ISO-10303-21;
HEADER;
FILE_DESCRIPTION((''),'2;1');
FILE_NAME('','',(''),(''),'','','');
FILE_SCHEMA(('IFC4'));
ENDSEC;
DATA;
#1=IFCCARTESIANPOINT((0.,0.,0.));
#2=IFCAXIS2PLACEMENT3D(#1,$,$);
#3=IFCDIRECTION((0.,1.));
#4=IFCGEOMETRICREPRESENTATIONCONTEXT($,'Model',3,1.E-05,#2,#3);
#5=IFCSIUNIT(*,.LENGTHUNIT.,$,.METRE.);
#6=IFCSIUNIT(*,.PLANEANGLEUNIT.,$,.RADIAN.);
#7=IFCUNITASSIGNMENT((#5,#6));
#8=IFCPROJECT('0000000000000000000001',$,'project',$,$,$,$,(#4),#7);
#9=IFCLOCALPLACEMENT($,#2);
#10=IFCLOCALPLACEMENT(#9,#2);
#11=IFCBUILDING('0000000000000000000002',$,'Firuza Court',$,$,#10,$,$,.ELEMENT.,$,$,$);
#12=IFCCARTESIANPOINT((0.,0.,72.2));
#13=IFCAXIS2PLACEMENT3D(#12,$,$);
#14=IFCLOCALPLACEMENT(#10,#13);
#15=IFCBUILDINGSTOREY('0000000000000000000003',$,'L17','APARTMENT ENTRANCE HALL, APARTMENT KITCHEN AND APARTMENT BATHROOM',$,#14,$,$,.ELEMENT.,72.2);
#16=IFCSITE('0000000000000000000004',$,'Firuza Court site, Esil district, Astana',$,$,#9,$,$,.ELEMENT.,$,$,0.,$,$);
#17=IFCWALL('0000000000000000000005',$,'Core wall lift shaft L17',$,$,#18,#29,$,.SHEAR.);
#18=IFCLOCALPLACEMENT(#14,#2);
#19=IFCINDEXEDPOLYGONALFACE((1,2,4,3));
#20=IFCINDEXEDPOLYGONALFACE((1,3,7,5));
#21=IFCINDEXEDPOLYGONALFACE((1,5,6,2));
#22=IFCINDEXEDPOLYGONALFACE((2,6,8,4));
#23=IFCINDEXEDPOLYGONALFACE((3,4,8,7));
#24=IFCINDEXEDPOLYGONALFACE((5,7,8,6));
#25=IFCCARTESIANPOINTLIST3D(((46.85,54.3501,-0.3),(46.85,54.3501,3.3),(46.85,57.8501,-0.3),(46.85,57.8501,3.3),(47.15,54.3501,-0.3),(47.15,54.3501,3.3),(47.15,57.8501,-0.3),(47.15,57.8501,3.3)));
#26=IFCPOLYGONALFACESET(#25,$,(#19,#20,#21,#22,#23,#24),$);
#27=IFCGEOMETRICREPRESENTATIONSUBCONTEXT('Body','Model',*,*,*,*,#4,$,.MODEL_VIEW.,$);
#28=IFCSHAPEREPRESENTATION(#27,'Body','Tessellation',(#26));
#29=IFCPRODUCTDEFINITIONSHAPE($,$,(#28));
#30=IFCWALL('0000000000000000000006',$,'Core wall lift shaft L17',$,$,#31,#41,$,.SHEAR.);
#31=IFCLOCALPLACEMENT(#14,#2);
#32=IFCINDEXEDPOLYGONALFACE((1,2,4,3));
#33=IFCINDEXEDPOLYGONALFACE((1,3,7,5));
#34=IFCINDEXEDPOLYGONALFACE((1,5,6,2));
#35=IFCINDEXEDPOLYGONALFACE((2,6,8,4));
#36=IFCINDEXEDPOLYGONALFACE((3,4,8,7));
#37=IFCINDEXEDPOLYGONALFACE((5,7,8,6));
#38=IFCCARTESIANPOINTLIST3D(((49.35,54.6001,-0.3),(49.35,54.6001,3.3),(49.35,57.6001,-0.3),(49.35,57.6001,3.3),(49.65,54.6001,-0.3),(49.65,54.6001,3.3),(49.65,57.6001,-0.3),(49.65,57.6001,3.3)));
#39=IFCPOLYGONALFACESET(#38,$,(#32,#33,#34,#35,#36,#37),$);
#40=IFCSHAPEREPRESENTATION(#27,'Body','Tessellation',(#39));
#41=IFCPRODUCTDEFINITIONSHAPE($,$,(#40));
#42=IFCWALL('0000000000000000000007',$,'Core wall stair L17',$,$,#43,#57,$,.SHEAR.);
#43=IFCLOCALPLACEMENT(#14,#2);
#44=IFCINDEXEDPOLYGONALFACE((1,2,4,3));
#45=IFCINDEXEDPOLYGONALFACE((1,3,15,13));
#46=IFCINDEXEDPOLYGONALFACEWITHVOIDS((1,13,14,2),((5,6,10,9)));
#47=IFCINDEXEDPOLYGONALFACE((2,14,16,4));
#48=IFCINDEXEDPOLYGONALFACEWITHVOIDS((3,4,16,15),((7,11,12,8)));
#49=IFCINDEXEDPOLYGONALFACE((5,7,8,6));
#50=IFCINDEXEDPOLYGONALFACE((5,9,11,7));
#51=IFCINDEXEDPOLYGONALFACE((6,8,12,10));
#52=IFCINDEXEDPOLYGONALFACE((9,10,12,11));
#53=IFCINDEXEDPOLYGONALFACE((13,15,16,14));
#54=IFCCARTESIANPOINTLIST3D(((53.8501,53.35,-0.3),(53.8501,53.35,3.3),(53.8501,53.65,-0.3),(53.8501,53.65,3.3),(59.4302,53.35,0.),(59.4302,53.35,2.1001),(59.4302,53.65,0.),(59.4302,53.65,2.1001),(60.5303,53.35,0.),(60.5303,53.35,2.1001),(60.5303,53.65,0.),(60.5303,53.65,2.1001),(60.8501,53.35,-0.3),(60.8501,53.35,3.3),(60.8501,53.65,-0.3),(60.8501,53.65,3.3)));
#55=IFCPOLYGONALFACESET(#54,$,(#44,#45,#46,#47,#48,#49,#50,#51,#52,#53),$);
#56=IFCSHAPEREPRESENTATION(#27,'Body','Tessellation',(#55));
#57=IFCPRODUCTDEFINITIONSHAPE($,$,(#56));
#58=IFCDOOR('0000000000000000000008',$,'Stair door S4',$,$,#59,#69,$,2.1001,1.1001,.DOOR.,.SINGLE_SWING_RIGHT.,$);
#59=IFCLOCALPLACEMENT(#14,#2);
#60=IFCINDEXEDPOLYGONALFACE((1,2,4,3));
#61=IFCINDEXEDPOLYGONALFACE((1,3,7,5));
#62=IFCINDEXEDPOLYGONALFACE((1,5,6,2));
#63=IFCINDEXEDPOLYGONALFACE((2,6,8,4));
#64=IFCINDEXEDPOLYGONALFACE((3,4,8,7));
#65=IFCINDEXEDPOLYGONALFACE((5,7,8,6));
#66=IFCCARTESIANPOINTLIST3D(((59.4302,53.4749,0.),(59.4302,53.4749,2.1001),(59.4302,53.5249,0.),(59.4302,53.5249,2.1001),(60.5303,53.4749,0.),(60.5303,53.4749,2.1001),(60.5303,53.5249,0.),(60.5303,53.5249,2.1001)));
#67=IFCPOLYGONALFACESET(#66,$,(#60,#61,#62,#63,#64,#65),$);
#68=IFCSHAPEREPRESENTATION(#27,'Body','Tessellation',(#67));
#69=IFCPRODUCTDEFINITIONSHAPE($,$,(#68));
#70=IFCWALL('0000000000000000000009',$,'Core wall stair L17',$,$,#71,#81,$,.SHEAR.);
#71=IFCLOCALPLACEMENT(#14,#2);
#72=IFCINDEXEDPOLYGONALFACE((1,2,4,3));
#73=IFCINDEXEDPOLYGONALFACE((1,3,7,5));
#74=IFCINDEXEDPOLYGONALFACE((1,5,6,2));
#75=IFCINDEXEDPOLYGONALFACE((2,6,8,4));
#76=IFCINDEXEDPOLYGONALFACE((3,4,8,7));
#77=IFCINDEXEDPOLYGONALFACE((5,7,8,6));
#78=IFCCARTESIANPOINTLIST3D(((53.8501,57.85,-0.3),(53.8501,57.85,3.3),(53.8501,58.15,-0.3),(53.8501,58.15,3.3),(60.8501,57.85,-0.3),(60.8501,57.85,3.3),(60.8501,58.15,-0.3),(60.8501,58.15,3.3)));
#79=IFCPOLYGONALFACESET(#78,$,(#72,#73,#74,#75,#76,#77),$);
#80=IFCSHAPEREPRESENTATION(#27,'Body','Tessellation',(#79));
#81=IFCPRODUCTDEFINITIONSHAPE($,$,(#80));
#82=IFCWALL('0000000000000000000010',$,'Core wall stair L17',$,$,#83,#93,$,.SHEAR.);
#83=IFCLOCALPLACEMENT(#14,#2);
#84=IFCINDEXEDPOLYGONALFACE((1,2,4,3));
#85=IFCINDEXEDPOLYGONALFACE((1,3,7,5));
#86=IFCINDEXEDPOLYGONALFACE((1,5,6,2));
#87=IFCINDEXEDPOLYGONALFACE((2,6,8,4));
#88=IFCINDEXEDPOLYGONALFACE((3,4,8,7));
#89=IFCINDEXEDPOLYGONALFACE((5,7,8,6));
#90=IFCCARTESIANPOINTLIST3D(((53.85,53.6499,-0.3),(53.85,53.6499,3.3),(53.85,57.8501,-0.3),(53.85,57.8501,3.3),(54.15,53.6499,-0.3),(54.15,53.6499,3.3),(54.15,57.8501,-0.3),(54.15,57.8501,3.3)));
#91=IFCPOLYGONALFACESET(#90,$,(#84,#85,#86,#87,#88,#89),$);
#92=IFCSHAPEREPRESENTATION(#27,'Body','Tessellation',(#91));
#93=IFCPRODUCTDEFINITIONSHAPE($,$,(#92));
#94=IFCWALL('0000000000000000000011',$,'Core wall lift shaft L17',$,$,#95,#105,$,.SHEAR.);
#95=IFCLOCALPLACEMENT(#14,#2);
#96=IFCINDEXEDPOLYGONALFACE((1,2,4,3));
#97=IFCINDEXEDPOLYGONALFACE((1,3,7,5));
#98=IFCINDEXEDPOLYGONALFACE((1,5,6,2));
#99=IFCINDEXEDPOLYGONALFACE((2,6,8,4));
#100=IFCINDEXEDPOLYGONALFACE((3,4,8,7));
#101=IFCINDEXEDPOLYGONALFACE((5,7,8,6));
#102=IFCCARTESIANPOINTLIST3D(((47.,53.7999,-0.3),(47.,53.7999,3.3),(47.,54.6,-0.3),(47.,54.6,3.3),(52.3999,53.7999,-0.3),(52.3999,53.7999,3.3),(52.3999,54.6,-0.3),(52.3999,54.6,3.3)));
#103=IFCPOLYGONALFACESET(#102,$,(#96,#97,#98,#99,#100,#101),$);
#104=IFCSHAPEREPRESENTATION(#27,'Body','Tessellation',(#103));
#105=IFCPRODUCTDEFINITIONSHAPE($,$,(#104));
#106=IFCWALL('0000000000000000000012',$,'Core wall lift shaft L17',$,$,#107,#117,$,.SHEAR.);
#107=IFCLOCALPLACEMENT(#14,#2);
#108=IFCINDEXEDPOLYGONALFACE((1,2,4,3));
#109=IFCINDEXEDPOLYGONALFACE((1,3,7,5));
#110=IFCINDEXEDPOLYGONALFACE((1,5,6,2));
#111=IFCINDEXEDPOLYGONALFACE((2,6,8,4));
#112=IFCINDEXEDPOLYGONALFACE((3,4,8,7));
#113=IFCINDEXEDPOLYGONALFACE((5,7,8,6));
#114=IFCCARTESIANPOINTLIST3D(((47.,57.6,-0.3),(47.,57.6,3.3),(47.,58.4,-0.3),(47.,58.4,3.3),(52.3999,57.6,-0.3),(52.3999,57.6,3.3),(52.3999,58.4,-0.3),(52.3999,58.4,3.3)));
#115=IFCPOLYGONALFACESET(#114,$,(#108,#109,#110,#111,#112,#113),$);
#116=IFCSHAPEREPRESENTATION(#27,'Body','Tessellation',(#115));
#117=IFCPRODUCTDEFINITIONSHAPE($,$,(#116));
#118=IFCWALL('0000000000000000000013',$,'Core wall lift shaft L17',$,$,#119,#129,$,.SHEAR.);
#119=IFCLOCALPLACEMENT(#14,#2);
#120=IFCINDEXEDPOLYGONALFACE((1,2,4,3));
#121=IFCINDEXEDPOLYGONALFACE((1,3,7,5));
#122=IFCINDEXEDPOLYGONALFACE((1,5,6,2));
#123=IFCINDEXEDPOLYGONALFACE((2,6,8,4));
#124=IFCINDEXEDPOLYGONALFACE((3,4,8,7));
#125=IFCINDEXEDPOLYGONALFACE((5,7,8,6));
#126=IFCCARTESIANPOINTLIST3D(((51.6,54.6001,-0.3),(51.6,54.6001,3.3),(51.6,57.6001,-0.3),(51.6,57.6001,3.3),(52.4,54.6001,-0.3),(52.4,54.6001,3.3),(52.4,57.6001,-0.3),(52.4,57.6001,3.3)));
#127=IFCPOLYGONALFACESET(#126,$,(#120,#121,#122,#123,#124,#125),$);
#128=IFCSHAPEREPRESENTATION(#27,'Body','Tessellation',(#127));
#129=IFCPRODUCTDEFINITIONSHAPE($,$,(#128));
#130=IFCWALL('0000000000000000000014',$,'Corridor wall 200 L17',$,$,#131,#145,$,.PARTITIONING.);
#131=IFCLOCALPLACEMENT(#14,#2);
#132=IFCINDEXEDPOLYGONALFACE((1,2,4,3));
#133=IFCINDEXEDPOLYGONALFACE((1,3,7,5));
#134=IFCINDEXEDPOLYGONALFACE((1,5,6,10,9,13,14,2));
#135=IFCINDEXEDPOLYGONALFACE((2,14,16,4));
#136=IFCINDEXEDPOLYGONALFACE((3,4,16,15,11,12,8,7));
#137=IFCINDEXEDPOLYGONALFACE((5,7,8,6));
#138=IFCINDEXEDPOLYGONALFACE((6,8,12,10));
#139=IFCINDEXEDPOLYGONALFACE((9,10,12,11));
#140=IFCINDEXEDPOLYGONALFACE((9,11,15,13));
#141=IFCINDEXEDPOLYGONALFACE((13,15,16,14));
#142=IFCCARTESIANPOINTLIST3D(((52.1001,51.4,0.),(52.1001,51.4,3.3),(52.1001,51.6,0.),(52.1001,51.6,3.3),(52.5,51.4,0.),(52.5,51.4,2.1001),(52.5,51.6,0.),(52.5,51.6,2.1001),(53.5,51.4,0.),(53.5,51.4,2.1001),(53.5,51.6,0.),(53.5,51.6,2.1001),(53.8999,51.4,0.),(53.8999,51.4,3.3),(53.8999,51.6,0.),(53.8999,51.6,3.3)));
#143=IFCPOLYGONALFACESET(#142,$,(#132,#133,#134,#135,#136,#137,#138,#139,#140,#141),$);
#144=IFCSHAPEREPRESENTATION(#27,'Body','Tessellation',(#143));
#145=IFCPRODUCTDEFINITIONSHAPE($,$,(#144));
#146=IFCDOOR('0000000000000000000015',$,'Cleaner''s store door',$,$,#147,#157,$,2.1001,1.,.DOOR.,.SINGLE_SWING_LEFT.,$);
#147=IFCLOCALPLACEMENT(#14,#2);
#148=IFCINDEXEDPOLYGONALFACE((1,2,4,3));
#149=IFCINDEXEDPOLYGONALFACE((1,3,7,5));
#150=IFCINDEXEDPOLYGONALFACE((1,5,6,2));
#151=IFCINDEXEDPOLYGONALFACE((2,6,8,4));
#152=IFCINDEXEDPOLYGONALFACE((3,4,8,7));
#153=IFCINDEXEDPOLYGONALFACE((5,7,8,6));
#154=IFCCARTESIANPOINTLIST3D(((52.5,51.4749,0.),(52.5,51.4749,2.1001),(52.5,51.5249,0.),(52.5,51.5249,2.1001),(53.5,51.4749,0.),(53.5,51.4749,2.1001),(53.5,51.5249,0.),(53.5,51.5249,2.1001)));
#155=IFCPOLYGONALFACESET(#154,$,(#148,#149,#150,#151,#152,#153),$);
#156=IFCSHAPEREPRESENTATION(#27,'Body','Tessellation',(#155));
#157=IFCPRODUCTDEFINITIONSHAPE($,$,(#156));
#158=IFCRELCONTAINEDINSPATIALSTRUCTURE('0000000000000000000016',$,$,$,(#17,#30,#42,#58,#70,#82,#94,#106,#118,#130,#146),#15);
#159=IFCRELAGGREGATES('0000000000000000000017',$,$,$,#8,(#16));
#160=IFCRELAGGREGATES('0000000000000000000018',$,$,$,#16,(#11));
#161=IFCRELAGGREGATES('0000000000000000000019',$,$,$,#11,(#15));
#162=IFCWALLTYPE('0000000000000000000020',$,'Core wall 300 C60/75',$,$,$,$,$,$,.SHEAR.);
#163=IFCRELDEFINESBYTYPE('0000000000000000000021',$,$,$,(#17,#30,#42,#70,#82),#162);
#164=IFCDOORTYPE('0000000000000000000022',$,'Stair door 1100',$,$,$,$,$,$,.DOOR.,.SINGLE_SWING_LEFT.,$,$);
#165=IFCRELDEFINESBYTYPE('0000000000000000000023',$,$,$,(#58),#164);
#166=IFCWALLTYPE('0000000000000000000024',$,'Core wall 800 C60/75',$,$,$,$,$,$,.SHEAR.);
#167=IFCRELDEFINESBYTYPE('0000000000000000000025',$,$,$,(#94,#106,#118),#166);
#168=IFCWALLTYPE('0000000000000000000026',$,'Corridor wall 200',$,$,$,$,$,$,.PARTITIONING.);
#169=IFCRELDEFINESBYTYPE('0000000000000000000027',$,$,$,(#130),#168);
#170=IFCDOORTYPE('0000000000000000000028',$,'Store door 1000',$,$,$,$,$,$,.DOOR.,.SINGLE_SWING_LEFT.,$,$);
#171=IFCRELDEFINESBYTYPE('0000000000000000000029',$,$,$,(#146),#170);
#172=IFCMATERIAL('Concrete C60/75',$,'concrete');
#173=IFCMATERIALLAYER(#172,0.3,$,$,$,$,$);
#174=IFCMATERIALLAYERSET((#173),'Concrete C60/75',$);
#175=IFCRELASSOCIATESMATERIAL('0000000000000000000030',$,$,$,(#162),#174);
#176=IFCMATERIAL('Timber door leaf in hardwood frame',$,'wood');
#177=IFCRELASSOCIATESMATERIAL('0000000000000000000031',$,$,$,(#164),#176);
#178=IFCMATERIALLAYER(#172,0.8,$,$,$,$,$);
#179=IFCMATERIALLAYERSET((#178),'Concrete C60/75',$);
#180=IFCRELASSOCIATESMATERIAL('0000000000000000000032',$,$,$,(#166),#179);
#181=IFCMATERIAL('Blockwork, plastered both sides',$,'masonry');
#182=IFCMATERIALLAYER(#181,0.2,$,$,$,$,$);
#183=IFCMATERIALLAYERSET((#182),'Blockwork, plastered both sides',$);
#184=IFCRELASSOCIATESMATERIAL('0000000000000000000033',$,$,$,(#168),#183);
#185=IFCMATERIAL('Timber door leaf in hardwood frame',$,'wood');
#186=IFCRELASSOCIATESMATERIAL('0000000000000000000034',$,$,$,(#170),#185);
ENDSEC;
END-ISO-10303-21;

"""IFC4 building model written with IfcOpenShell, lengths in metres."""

from ifc_helpers import new_model, si_unit, direction, frame, frame_2d, origin, place, context, subcontext, project, spatial, rectangle, extrude, material, layer, layer_set, type_object, element, fill, save


model = new_model("IFC4")

# Units and contexts
model_context = context("Model", 3, precision=1e-05, world=origin(), true_north=direction((0.0, 1.0)))
body_context = subcontext(model_context, "Body", "Model", "MODEL_VIEW")
ifc_project = project(units=[si_unit("LENGTHUNIT", "METRE"), si_unit("PLANEANGLEUNIT", "RADIAN")], contexts=[model_context])

# Site, building, storey
site_placement = place(None, origin())
site = spatial("IfcSite", under=ifc_project, at=site_placement, Name="Firuza Court site, Esil district, Astana", CompositionType="ELEMENT", RefElevation=0.0)
building_placement = place(site_placement, origin())
building = spatial("IfcBuilding", under=site, at=building_placement, Name="Firuza Court", CompositionType="ELEMENT")
storey_placement = place(building_placement, frame((0.0, 0.0, 72.2)))
storey = spatial("IfcBuildingStorey", under=building, at=storey_placement, Name="L17", Description="APARTMENT ENTRANCE HALL, APARTMENT KITCHEN AND APARTMENT BATHROOM", CompositionType="ELEMENT", Elevation=72.2)

# Walls
ifc_material_1 = material(Name="Concrete C60/75", Category="concrete")
ifc_layer_1 = layer(ifc_material_1, 0.3)
ifc_layer_set_1 = layer_set([ifc_layer_1], Name="Concrete C60/75")
wall_type_1 = type_object("IfcWallType", Name="Core wall 300 C60/75", PredefinedType="SHEAR", material=ifc_layer_set_1)
wall_1_placement = place(storey_placement, frame((47.0, 54.3501, -0.3), z_axis=(0.0, 0.0, 1.0), x_axis=(0.0, 1.0, 0.0)))
element("IfcWall", 1, at=wall_1_placement, inside=storey, type_object=wall_type_1, Name="Core wall lift shaft L17", PredefinedType="SHEAR", context=body_context, shape_type="SweptSolid", body=[
    extrude(rectangle(XDim=3.5, YDim=0.3, at=frame_2d((1.75, 0.0))), origin(), (0.0, 0.0, 1.0), 3.6001),
])
wall_2_placement = place(storey_placement, frame((49.5, 54.6001, -0.3), z_axis=(0.0, 0.0, 1.0), x_axis=(0.0, 1.0, 0.0)))
element("IfcWall", 2, at=wall_2_placement, inside=storey, type_object=wall_type_1, Name="Core wall lift shaft L17", PredefinedType="SHEAR", context=body_context, shape_type="SweptSolid", body=[
    extrude(rectangle(XDim=3.0, YDim=0.3, at=frame_2d((1.5, 0.0))), origin(), (0.0, 0.0, 1.0), 3.6001),
])

# Wall, opening, door
wall_3_placement = place(storey_placement, frame((53.8501, 53.5, -0.3), z_axis=(0.0, 0.0, 1.0), x_axis=(1.0, 0.0, 0.0)))
wall_3 = element("IfcWall", 3, at=wall_3_placement, inside=storey, type_object=wall_type_1, Name="Core wall stair L17", PredefinedType="SHEAR", context=body_context, shape_type="SweptSolid", body=[
    extrude(rectangle(XDim=7.0, YDim=0.3, at=frame_2d((3.5, 0.0))), origin(), (0.0, 0.0, 1.0), 3.6001),
])
opening_1_placement = place(wall_3_placement, frame((5.5801, 0.0, 0.3)))
opening_1 = element("IfcOpeningElement", 4, at=opening_1_placement, cuts=wall_3, PredefinedType="OPENING", context=body_context, shape_type="SweptSolid", body=[
    extrude(rectangle(XDim=1.1001, YDim=2.1001, at=frame_2d((0.55, 1.05))), frame((0.0, 0.1621, 0.0), z_axis=(0.0, -1.0, 0.0), x_axis=(1.0, 0.0, 0.0)), (0.0, 0.0, 1.0), 0.324),
])
ifc_material_2 = material(Name="Timber door leaf in hardwood frame", Category="wood")
door_type_1 = type_object("IfcDoorType", Name="Stair door 1100", OperationType="SINGLE_SWING_LEFT", PredefinedType="DOOR", material=ifc_material_2)
door_1_placement = place(opening_1_placement, origin())
door_1 = element("IfcDoor", 5, at=door_1_placement, inside=storey, type_object=door_type_1, Name="Stair door S4", OperationType="SINGLE_SWING_RIGHT", OverallHeight=2.1001, OverallWidth=1.1001, PredefinedType="DOOR", context=body_context, shape_type="SweptSolid", body=[
    extrude(rectangle(XDim=1.1001, YDim=2.1001, at=frame_2d((0.55, 1.05))), frame((0.0, 0.0249, 0.0), z_axis=(0.0, -1.0, 0.0), x_axis=(1.0, 0.0, 0.0)), (0.0, 0.0, 1.0), 0.05),
])
fill(opening_1, door_1)

# Walls
wall_4_placement = place(storey_placement, frame((53.8501, 58.0, -0.3), z_axis=(0.0, 0.0, 1.0), x_axis=(1.0, 0.0, 0.0)))
element("IfcWall", 6, at=wall_4_placement, inside=storey, type_object=wall_type_1, Name="Core wall stair L17", PredefinedType="SHEAR", context=body_context, shape_type="SweptSolid", body=[
    extrude(rectangle(XDim=7.0, YDim=0.3, at=frame_2d((3.5, 0.0))), origin(), (0.0, 0.0, 1.0), 3.6001),
])
wall_5_placement = place(storey_placement, frame((54.0, 53.6499, -0.3), z_axis=(0.0, 0.0, 1.0), x_axis=(0.0, 1.0, 0.0)))
element("IfcWall", 7, at=wall_5_placement, inside=storey, type_object=wall_type_1, Name="Core wall stair L17", PredefinedType="SHEAR", context=body_context, shape_type="SweptSolid", body=[
    extrude(rectangle(XDim=4.2002, YDim=0.3, at=frame_2d((2.1001, 0.0))), origin(), (0.0, 0.0, 1.0), 3.6001),
])
ifc_layer_2 = layer(ifc_material_1, 0.8)
ifc_layer_set_2 = layer_set([ifc_layer_2], Name="Concrete C60/75")
wall_type_2 = type_object("IfcWallType", Name="Core wall 800 C60/75", PredefinedType="SHEAR", material=ifc_layer_set_2)
for number, where, z_axis, x_axis, name in (
    (8, (47.0, 54.2, -0.3), (0.0, 0.0, 1.0), (1.0, 0.0, 0.0), "Core wall lift shaft L17"),
    (9, (47.0, 58.0, -0.3), (0.0, 0.0, 1.0), (1.0, 0.0, 0.0), "Core wall lift shaft L17"),
):
    element("IfcWall", number, at=place(storey_placement, frame(where, z_axis=z_axis, x_axis=x_axis)), inside=storey, type_object=wall_type_2, Name=name, PredefinedType="SHEAR", context=body_context, shape_type="SweptSolid", body=[
        extrude(rectangle(XDim=5.3999, YDim=0.8, at=frame_2d((2.7, 0.0))), origin(), (0.0, 0.0, 1.0), 3.6001),
    ])
wall_6_placement = place(storey_placement, frame((52.0, 54.6001, -0.3), z_axis=(0.0, 0.0, 1.0), x_axis=(0.0, 1.0, 0.0)))
element("IfcWall", 10, at=wall_6_placement, inside=storey, type_object=wall_type_2, Name="Core wall lift shaft L17", PredefinedType="SHEAR", context=body_context, shape_type="SweptSolid", body=[
    extrude(rectangle(XDim=3.0, YDim=0.8, at=frame_2d((1.5, 0.0))), origin(), (0.0, 0.0, 1.0), 3.6001),
])

# Wall, opening, door
ifc_material_3 = material(Name="Blockwork, plastered both sides", Category="masonry")
ifc_layer_3 = layer(ifc_material_3, 0.2)
ifc_layer_set_3 = layer_set([ifc_layer_3], Name="Blockwork, plastered both sides")
wall_type_3 = type_object("IfcWallType", Name="Corridor wall 200", PredefinedType="PARTITIONING", material=ifc_layer_set_3)
wall_7_placement = place(storey_placement, frame((52.1001, 51.5, 0.0), z_axis=(0.0, 0.0, 1.0), x_axis=(1.0, 0.0, 0.0)))
wall_7 = element("IfcWall", 11, at=wall_7_placement, inside=storey, type_object=wall_type_3, Name="Corridor wall 200 L17", PredefinedType="PARTITIONING", context=body_context, shape_type="SweptSolid", body=[
    extrude(rectangle(XDim=1.7998, YDim=0.2, at=frame_2d((0.8999, 0.0))), origin(), (0.0, 0.0, 1.0), 3.3),
])
opening_2_placement = place(wall_7_placement, frame((0.3999, 0.0, 0.0)))
opening_2 = element("IfcOpeningElement", 12, at=opening_2_placement, cuts=wall_7, PredefinedType="OPENING", context=body_context, shape_type="SweptSolid", body=[
    extrude(rectangle(XDim=1.0, YDim=2.1001, at=frame_2d((0.5, 1.05))), frame((0.0, 0.1118, 0.0), z_axis=(0.0, -1.0, 0.0), x_axis=(1.0, 0.0, 0.0)), (0.0, 0.0, 1.0), 0.2239),
])
ifc_material_4 = material(Name="Timber door leaf in hardwood frame", Category="wood")
door_type_2 = type_object("IfcDoorType", Name="Store door 1000", OperationType="SINGLE_SWING_LEFT", PredefinedType="DOOR", material=ifc_material_4)
door_2_placement = place(opening_2_placement, origin())
door_2 = element("IfcDoor", 13, at=door_2_placement, inside=storey, type_object=door_type_2, Name="Cleaner's store door", OperationType="SINGLE_SWING_LEFT", OverallHeight=2.1001, OverallWidth=1.0, PredefinedType="DOOR", context=body_context, shape_type="SweptSolid", body=[
    extrude(rectangle(XDim=1.0, YDim=2.1001, at=frame_2d((0.5, 1.05))), frame((0.0, 0.0249, 0.0), z_axis=(0.0, -1.0, 0.0), x_axis=(1.0, 0.0, 0.0)), (0.0, 0.0, 1.0), 0.05),
])
fill(opening_2, door_2)

save(model, "model.ifc")
